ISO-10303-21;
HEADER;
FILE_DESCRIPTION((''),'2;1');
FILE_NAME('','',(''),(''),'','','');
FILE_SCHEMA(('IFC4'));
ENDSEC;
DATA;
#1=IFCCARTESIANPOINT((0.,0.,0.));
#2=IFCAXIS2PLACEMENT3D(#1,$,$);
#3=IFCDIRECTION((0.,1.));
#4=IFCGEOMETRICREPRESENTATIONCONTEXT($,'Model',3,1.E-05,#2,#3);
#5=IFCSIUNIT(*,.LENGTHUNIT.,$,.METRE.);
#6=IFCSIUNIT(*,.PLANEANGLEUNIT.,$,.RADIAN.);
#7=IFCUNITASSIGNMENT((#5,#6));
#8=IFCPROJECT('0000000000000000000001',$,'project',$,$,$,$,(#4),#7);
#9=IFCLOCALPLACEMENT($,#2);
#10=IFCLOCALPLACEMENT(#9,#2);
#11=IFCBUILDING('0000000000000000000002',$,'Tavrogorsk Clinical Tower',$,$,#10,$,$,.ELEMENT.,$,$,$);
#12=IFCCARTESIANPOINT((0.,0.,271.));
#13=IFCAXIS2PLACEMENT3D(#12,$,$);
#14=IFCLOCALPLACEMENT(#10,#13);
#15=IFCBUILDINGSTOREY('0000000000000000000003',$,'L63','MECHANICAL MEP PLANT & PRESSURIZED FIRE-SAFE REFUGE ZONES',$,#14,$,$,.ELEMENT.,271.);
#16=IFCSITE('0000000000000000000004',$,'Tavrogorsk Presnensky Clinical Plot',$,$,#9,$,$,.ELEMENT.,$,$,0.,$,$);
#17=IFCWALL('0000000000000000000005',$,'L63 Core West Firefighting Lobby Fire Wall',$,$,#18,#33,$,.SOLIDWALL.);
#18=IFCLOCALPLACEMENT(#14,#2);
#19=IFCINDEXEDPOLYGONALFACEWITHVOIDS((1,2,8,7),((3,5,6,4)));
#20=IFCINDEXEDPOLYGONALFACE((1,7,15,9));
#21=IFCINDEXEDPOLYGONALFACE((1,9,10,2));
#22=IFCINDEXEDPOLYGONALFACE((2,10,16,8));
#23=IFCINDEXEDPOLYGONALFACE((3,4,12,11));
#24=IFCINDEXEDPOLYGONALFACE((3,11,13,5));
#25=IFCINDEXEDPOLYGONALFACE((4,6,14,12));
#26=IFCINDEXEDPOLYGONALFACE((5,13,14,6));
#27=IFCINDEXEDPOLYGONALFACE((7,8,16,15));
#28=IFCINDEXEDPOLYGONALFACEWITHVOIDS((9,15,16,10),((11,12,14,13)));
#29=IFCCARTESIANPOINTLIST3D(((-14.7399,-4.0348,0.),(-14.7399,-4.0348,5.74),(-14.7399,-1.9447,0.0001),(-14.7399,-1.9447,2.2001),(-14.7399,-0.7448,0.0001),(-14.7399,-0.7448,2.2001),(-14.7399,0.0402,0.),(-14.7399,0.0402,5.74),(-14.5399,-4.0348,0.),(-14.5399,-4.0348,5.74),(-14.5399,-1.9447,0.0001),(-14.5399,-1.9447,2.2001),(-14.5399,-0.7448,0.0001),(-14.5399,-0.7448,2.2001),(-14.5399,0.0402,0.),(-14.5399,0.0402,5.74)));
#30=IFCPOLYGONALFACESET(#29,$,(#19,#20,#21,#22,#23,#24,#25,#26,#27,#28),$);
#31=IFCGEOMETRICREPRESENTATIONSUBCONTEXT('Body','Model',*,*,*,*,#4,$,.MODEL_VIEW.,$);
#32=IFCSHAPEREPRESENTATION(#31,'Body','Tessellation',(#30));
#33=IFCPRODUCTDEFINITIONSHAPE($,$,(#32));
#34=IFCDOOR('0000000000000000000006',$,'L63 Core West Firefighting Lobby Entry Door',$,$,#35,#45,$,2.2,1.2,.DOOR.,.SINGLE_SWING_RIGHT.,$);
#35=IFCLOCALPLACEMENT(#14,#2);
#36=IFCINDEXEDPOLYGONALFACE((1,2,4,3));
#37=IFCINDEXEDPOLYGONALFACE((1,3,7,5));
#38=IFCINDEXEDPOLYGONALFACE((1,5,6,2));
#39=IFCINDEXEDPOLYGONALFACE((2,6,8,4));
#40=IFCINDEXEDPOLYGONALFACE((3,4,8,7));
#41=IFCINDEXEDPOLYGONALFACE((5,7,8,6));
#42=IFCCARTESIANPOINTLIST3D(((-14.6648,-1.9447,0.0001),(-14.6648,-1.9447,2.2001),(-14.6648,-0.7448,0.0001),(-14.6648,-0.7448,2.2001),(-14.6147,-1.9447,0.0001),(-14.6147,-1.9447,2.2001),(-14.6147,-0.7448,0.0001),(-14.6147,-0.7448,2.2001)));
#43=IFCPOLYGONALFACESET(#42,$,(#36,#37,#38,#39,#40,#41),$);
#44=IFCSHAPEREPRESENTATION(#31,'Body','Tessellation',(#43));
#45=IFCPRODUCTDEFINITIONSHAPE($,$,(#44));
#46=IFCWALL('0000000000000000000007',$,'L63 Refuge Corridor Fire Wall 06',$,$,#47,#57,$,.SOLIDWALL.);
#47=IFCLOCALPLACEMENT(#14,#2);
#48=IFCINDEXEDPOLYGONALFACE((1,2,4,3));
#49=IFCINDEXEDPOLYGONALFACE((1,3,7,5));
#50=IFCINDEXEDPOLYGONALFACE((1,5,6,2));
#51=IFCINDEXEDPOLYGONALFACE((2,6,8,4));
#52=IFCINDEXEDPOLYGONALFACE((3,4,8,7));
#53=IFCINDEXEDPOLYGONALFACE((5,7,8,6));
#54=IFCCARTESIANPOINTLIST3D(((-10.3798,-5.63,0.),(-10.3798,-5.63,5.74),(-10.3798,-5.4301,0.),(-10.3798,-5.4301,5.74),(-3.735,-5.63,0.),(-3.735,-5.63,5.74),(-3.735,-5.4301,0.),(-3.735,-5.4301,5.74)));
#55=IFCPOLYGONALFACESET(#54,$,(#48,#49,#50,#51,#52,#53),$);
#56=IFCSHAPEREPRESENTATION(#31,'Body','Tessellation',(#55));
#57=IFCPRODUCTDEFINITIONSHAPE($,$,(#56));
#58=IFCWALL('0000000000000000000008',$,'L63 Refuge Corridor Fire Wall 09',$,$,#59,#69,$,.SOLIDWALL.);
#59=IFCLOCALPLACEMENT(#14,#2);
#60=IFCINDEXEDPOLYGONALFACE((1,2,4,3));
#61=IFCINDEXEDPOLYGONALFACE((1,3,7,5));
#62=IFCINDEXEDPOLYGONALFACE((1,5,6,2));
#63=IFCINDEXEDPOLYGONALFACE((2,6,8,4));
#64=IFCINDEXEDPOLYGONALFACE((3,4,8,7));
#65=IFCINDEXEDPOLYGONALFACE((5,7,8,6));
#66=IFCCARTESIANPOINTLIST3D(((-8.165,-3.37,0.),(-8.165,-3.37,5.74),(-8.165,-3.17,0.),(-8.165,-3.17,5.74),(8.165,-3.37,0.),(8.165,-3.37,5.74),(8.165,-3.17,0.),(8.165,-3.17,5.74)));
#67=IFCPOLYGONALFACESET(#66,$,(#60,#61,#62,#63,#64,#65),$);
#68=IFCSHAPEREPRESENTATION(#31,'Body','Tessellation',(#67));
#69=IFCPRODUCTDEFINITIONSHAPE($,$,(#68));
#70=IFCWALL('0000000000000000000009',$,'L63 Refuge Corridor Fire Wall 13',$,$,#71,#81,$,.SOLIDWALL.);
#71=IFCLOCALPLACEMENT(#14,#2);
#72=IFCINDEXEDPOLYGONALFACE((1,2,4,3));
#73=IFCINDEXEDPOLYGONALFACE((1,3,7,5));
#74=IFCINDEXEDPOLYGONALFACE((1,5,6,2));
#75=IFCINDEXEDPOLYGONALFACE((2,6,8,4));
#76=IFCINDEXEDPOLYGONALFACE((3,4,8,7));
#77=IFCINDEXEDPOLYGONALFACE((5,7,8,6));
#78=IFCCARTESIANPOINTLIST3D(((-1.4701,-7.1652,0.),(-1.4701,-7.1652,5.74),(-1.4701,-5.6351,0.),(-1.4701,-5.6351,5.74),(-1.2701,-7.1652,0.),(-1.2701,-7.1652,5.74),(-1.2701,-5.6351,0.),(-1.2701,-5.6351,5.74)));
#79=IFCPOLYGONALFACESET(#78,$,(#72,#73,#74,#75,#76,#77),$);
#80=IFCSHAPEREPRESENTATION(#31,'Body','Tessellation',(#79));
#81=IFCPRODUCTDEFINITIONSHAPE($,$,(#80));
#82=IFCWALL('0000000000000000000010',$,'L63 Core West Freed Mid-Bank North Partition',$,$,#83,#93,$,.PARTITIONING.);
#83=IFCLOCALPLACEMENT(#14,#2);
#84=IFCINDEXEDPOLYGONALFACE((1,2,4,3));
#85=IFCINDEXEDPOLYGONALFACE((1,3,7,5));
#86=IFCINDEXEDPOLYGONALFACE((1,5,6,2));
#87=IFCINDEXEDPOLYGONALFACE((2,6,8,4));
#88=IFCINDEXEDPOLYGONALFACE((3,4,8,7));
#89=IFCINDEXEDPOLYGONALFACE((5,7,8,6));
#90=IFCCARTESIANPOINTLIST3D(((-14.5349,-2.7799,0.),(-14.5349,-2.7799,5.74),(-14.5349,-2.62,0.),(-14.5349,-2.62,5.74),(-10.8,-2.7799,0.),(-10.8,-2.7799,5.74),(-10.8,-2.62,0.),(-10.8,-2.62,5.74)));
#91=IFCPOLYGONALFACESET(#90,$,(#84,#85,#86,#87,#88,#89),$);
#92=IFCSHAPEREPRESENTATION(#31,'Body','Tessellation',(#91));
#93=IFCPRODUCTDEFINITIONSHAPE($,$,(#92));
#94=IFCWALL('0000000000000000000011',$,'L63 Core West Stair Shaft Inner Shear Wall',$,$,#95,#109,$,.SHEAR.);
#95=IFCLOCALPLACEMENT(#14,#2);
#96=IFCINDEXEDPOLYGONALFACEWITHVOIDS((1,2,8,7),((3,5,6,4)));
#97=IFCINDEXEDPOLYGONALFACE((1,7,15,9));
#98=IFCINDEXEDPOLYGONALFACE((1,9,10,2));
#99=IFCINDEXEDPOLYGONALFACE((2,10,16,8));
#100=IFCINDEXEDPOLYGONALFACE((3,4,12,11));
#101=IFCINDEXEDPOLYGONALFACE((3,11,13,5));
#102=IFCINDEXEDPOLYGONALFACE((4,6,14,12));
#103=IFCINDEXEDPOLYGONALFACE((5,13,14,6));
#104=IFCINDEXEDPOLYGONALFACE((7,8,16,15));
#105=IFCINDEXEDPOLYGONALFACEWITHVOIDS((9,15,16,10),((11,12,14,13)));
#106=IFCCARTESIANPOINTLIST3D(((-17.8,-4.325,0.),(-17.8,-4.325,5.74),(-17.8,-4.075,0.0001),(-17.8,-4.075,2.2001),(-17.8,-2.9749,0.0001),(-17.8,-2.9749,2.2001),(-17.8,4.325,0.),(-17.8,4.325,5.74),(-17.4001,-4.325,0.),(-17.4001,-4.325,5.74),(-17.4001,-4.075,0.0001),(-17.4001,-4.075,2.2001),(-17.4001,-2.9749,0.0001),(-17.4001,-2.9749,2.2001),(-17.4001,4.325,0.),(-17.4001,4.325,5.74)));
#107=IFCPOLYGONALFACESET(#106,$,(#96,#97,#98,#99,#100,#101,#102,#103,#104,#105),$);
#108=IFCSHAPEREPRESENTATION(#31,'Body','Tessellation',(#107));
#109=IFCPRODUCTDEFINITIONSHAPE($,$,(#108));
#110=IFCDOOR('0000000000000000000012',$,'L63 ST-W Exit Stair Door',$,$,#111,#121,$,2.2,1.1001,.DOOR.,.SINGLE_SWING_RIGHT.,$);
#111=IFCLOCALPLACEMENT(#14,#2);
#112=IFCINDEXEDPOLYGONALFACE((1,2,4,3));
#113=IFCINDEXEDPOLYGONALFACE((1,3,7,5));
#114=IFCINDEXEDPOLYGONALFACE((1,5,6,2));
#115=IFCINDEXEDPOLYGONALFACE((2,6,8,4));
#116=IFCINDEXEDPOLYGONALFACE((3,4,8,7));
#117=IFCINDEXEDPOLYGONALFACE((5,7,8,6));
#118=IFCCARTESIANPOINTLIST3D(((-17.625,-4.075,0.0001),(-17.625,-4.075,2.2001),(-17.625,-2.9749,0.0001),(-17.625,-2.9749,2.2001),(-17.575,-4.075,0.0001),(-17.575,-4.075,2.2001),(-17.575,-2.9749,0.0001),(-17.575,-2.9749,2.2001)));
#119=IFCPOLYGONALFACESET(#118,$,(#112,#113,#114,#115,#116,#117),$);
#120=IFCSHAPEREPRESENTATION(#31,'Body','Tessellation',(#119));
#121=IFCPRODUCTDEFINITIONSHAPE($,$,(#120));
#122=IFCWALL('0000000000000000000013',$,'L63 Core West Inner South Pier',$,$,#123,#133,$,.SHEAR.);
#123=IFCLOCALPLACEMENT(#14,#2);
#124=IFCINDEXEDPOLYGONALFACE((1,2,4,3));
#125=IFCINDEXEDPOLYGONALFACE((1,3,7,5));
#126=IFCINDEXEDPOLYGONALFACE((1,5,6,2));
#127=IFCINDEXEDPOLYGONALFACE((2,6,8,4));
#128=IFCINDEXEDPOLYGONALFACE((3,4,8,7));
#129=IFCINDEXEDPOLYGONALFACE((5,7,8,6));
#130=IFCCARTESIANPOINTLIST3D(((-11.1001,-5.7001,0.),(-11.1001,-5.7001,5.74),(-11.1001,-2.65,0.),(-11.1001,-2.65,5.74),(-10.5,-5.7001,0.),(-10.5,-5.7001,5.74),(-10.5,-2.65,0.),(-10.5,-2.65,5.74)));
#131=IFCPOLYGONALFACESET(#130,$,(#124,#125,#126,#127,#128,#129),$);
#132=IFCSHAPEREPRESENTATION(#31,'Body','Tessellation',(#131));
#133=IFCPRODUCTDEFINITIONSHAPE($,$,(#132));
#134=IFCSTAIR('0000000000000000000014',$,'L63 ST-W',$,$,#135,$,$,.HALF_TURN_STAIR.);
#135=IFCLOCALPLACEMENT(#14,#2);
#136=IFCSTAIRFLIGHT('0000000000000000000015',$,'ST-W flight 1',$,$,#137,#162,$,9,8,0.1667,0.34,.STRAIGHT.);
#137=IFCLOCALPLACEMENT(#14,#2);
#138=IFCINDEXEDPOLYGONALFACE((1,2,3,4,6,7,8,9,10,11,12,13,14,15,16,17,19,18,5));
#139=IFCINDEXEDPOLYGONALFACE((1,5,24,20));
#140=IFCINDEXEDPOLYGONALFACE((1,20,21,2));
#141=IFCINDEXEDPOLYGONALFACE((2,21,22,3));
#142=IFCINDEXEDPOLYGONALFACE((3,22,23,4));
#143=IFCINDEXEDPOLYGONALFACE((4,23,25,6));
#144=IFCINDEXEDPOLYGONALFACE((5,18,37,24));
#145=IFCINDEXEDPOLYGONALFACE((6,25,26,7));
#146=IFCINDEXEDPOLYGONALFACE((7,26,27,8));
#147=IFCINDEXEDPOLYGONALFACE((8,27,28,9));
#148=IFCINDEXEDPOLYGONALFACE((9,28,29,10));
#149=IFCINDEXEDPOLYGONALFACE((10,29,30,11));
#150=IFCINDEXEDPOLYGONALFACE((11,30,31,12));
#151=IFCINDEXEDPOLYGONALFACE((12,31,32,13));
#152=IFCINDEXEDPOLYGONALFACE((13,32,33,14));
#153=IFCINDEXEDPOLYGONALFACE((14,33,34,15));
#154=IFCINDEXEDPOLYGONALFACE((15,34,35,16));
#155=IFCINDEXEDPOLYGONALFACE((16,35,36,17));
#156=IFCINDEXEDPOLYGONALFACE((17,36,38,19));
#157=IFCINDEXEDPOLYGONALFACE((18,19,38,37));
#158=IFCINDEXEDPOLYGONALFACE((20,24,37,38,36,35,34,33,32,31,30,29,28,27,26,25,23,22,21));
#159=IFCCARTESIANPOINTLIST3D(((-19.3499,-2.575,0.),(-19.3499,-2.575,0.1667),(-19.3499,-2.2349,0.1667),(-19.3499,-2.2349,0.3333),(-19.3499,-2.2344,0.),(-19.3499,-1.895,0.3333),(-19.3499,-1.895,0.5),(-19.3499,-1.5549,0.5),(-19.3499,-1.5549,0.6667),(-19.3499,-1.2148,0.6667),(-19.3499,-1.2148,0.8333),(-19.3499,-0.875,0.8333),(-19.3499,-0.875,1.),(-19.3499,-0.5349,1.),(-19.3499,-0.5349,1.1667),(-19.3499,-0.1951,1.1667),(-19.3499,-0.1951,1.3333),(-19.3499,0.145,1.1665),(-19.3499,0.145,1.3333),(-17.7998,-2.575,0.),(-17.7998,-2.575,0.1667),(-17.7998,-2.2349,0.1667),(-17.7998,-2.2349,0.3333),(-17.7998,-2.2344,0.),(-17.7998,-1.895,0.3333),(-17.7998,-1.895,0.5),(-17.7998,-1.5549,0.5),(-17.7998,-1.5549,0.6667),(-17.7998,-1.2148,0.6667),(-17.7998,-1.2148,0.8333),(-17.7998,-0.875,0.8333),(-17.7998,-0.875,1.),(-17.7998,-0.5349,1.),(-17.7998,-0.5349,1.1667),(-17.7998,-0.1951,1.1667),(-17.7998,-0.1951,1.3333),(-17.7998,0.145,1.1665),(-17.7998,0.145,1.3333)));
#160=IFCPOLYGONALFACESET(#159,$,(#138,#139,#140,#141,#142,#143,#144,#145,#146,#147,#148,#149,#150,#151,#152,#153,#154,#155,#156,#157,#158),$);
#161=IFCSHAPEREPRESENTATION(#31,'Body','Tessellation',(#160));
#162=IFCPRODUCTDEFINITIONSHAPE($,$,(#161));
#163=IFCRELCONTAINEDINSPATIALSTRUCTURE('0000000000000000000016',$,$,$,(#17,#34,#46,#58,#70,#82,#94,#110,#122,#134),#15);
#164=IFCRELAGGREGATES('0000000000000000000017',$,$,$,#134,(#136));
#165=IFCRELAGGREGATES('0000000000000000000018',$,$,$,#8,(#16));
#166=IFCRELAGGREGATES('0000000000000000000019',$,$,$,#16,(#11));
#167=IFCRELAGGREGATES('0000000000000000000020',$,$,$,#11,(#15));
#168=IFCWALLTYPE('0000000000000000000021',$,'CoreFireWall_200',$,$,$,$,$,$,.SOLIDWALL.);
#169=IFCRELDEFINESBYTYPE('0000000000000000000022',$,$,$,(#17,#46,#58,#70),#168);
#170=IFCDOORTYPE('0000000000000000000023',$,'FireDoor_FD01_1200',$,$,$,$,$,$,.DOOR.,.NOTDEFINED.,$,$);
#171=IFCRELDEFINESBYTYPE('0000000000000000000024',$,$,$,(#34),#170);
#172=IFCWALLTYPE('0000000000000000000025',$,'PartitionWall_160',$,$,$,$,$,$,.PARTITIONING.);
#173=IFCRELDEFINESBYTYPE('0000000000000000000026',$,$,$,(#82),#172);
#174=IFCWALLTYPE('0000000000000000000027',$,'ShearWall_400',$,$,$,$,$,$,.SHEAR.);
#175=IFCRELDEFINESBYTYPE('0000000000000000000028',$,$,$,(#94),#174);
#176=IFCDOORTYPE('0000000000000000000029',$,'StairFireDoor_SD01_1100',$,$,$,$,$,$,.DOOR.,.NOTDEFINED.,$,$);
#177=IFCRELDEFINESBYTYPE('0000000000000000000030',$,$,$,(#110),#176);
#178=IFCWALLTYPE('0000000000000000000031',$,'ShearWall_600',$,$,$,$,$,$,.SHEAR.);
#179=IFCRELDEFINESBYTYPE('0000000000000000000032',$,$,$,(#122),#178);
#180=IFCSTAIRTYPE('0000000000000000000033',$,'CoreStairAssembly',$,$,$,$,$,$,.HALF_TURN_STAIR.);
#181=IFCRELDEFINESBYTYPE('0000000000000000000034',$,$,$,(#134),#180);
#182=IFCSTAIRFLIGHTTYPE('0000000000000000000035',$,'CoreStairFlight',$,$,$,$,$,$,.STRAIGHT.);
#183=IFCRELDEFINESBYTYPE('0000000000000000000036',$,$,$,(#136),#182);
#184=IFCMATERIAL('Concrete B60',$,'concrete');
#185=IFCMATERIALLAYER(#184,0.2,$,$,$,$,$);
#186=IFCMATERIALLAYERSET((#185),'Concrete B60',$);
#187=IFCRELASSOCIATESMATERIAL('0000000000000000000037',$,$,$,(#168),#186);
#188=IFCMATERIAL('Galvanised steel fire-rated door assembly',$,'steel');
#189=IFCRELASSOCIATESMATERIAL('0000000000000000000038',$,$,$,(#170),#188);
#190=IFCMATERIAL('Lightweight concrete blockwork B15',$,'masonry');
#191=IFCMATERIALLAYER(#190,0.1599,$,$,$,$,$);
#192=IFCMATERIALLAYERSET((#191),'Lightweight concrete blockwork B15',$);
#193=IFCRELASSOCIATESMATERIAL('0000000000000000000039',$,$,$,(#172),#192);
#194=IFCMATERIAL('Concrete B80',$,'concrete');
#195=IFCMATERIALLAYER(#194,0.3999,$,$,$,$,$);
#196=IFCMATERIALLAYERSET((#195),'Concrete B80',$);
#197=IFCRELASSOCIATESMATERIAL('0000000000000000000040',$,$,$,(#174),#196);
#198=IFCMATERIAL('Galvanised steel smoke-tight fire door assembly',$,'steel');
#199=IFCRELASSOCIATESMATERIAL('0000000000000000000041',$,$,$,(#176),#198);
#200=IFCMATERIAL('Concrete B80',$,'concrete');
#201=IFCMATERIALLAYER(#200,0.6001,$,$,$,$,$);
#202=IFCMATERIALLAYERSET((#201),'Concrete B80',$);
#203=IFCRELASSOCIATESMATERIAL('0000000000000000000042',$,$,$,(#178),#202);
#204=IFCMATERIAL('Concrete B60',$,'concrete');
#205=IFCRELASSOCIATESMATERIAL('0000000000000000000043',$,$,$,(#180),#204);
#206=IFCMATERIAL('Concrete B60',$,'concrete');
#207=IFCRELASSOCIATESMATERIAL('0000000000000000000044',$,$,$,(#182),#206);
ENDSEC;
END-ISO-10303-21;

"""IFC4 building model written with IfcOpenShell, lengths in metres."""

from ifc_helpers import new_model, si_unit, direction, frame, frame_2d, origin, place, context, subcontext, project, spatial, polyline, rectangle, outline, extrude, material, layer, layer_set, type_object, element, fill, aggregate, save


model = new_model("IFC4")

# Units and contexts
model_context = context("Model", 3, precision=1e-05, world=origin(), true_north=direction((0.0, 1.0)))
body_context = subcontext(model_context, "Body", "Model", "MODEL_VIEW")
ifc_project = project(units=[si_unit("LENGTHUNIT", "METRE"), si_unit("PLANEANGLEUNIT", "RADIAN")], contexts=[model_context])

# Site, building, storey
site_placement = place(None, origin())
site = spatial("IfcSite", under=ifc_project, at=site_placement, Name="Tavrogorsk Presnensky Clinical Plot", CompositionType="ELEMENT", RefElevation=0.0)
building_placement = place(site_placement, origin())
building = spatial("IfcBuilding", under=site, at=building_placement, Name="Tavrogorsk Clinical Tower", CompositionType="ELEMENT")
storey_placement = place(building_placement, frame((0.0, 0.0, 271.0)))
storey = spatial("IfcBuildingStorey", under=building, at=storey_placement, Name="L63", Description="MECHANICAL MEP PLANT & PRESSURIZED FIRE-SAFE REFUGE ZONES", CompositionType="ELEMENT", Elevation=271.0)

# Wall, opening, door
ifc_material_1 = material(Name="Concrete B60", Category="concrete")
ifc_layer_1 = layer(ifc_material_1, 0.2)
ifc_layer_set_1 = layer_set([ifc_layer_1], Name="Concrete B60")
wall_type_1 = type_object("IfcWallType", Name="CoreFireWall_200", PredefinedType="SOLIDWALL", material=ifc_layer_set_1)
wall_1_placement = place(storey_placement, frame((-14.6399, -4.0349, 0.0), z_axis=(0.0, 0.0, 1.0), x_axis=(0.0, 1.0, 0.0)))
wall_1 = element("IfcWall", 1, at=wall_1_placement, inside=storey, type_object=wall_type_1, Name="L63 Core West Firefighting Lobby Fire Wall", PredefinedType="SOLIDWALL", context=body_context, shape_type="SweptSolid", body=[
    extrude(rectangle(XDim=4.075, YDim=0.2, at=frame_2d((2.0376, 0.0))), origin(), (0.0, 0.0, 1.0), 5.74),
])
opening_1_placement = place(wall_1_placement, frame((2.0901, 0.0, 0.0)))
opening_1 = element("IfcOpeningElement", 2, at=opening_1_placement, cuts=wall_1, PredefinedType="OPENING", context=body_context, shape_type="SweptSolid", body=[
    extrude(rectangle(XDim=1.2, YDim=2.2, at=frame_2d((0.6001, 1.1001))), frame((0.0, 0.1099, 0.0), z_axis=(0.0, -1.0, 0.0), x_axis=(1.0, 0.0, 0.0)), (0.0, 0.0, 1.0), 0.22),
])
ifc_material_2 = material(Name="Galvanised steel fire-rated door assembly", Category="steel")
door_type_1 = type_object("IfcDoorType", Name="FireDoor_FD01_1200", OperationType="NOTDEFINED", PredefinedType="DOOR", material=ifc_material_2)
door_1_placement = place(opening_1_placement, origin())
door_1 = element("IfcDoor", 3, at=door_1_placement, inside=storey, type_object=door_type_1, Name="L63 Core West Firefighting Lobby Entry Door", OperationType="SINGLE_SWING_RIGHT", OverallHeight=2.2, OverallWidth=1.2, PredefinedType="DOOR", context=body_context, shape_type="SweptSolid", body=[
    extrude(rectangle(XDim=1.2, YDim=2.2, at=frame_2d((0.6001, 1.1001))), frame((0.0, 0.0249, 0.0), z_axis=(0.0, -1.0, 0.0), x_axis=(1.0, 0.0, 0.0)), (0.0, 0.0, 1.0), 0.05),
])
fill(opening_1, door_1)

# Walls
wall_2_placement = place(storey_placement, frame((-3.7351, -5.53, 0.0), z_axis=(0.0, 0.0, 1.0), x_axis=(-1.0, 0.0, 0.0)))
element("IfcWall", 4, at=wall_2_placement, inside=storey, type_object=wall_type_1, Name="L63 Refuge Corridor Fire Wall 06", PredefinedType="SOLIDWALL", context=body_context, shape_type="SweptSolid", body=[
    extrude(rectangle(XDim=6.6448, YDim=0.2, at=frame_2d((3.3223, 0.0))), origin(), (0.0, 0.0, 1.0), 5.74),
])
wall_3_placement = place(storey_placement, frame((-8.165, -3.27, 0.0), z_axis=(0.0, 0.0, 1.0), x_axis=(1.0, 0.0, 0.0)))
element("IfcWall", 5, at=wall_3_placement, inside=storey, type_object=wall_type_1, Name="L63 Refuge Corridor Fire Wall 09", PredefinedType="SOLIDWALL", context=body_context, shape_type="SweptSolid", body=[
    extrude(rectangle(XDim=16.3301, YDim=0.2, at=frame_2d((8.165, 0.0))), origin(), (0.0, 0.0, 1.0), 5.74),
])
wall_4_placement = place(storey_placement, frame((-1.3701, -5.635, 0.0), z_axis=(0.0, 0.0, 1.0), x_axis=(0.0, -1.0, 0.0)))
element("IfcWall", 6, at=wall_4_placement, inside=storey, type_object=wall_type_1, Name="L63 Refuge Corridor Fire Wall 13", PredefinedType="SOLIDWALL", context=body_context, shape_type="SweptSolid", body=[
    extrude(rectangle(XDim=1.53, YDim=0.2, at=frame_2d((0.7651, 0.0))), origin(), (0.0, 0.0, 1.0), 5.74),
])
ifc_material_3 = material(Name="Lightweight concrete blockwork B15", Category="masonry")
ifc_layer_2 = layer(ifc_material_3, 0.1599)
ifc_layer_set_2 = layer_set([ifc_layer_2], Name="Lightweight concrete blockwork B15")
wall_type_2 = type_object("IfcWallType", Name="PartitionWall_160", PredefinedType="PARTITIONING", material=ifc_layer_set_2)
wall_5_placement = place(storey_placement, frame((-14.5349, -2.7, 0.0), z_axis=(0.0, 0.0, 1.0), x_axis=(1.0, 0.0, 0.0)))
element("IfcWall", 7, at=wall_5_placement, inside=storey, type_object=wall_type_2, Name="L63 Core West Freed Mid-Bank North Partition", PredefinedType="PARTITIONING", context=body_context, shape_type="SweptSolid", body=[
    extrude(rectangle(XDim=3.7349, YDim=0.1599, at=frame_2d((1.8674, 0.0))), origin(), (0.0, 0.0, 1.0), 5.74),
])

# Wall, opening, door
ifc_material_4 = material(Name="Concrete B80", Category="concrete")
ifc_layer_3 = layer(ifc_material_4, 0.3999)
ifc_layer_set_3 = layer_set([ifc_layer_3], Name="Concrete B80")
wall_type_3 = type_object("IfcWallType", Name="ShearWall_400", PredefinedType="SHEAR", material=ifc_layer_set_3)
wall_6_placement = place(storey_placement, frame((-17.6001, -4.325, 0.0), z_axis=(0.0, 0.0, 1.0), x_axis=(0.0, 1.0, 0.0)))
wall_6 = element("IfcWall", 8, at=wall_6_placement, inside=storey, type_object=wall_type_3, Name="L63 Core West Stair Shaft Inner Shear Wall", PredefinedType="SHEAR", context=body_context, shape_type="SweptSolid", body=[
    extrude(rectangle(XDim=8.6499, YDim=0.3999, at=frame_2d((4.325, 0.0))), origin(), (0.0, 0.0, 1.0), 5.74),
])
opening_2_placement = place(wall_6_placement, frame((0.25, 0.0, 0.0)))
opening_2 = element("IfcOpeningElement", 9, at=opening_2_placement, cuts=wall_6, PredefinedType="OPENING", context=body_context, shape_type="SweptSolid", body=[
    extrude(rectangle(XDim=1.1001, YDim=2.2, at=frame_2d((0.55, 1.1001))), frame((0.0, 0.21, 0.0), z_axis=(0.0, -1.0, 0.0), x_axis=(1.0, 0.0, 0.0)), (0.0, 0.0, 1.0), 0.4199),
])
ifc_material_5 = material(Name="Galvanised steel smoke-tight fire door assembly", Category="steel")
door_type_2 = type_object("IfcDoorType", Name="StairFireDoor_SD01_1100", OperationType="NOTDEFINED", PredefinedType="DOOR", material=ifc_material_5)
door_2_placement = place(opening_2_placement, origin())
door_2 = element("IfcDoor", 10, at=door_2_placement, inside=storey, type_object=door_type_2, Name="L63 ST-W Exit Stair Door", OperationType="SINGLE_SWING_RIGHT", OverallHeight=2.2, OverallWidth=1.1001, PredefinedType="DOOR", context=body_context, shape_type="SweptSolid", body=[
    extrude(rectangle(XDim=1.1001, YDim=2.2, at=frame_2d((0.55, 1.1001))), frame((0.0, 0.0249, 0.0), z_axis=(0.0, -1.0, 0.0), x_axis=(1.0, 0.0, 0.0)), (0.0, 0.0, 1.0), 0.05),
])
fill(opening_2, door_2)

# Wall
ifc_material_6 = material(Name="Concrete B80", Category="concrete")
ifc_layer_4 = layer(ifc_material_6, 0.6001)
ifc_layer_set_4 = layer_set([ifc_layer_4], Name="Concrete B80")
wall_type_4 = type_object("IfcWallType", Name="ShearWall_600", PredefinedType="SHEAR", material=ifc_layer_set_4)
wall_7_placement = place(storey_placement, frame((-10.8, -5.7, 0.0), z_axis=(0.0, 0.0, 1.0), x_axis=(0.0, 1.0, 0.0)))
element("IfcWall", 11, at=wall_7_placement, inside=storey, type_object=wall_type_4, Name="L63 Core West Inner South Pier", PredefinedType="SHEAR", context=body_context, shape_type="SweptSolid", body=[
    extrude(rectangle(XDim=3.05, YDim=0.6001, at=frame_2d((1.5249, 0.0))), origin(), (0.0, 0.0, 1.0), 5.74),
])

# Stair, stair flight
ifc_material_7 = material(Name="Concrete B60", Category="concrete")
stair_type = type_object("IfcStairType", Name="CoreStairAssembly", PredefinedType="HALF_TURN_STAIR", material=ifc_material_7)
stair_placement = place(storey_placement, origin())
stair = element("IfcStair", 12, at=stair_placement, inside=storey, type_object=stair_type, Name="L63 ST-W", PredefinedType="HALF_TURN_STAIR")
ifc_material_8 = material(Name="Concrete B60", Category="concrete")
stair_flight_type = type_object("IfcStairFlightType", Name="CoreStairFlight", PredefinedType="STRAIGHT", material=ifc_material_8)
stair_flight_1_placement = place(storey_placement, frame((-18.575, -2.575, 0.0), z_axis=(0.0, 0.0, 1.0), x_axis=(0.0, 1.0, 0.0)))
stair_flight_1 = element("IfcStairFlight", 13, at=stair_flight_1_placement, type_object=stair_flight_type, Name="ST-W flight 1", NumberOfRisers=9, NumberOfTreads=8, PredefinedType="STRAIGHT", RiserHeight=0.1667, TreadLength=0.34, context=body_context, shape_type="SweptSolid", body=[
    extrude(outline(polyline([(0.0, 0.0), (0.0, 0.1667), (0.3401, 0.1667), (0.3401, 0.3333), (0.6799, 0.3333), (0.6799, 0.5), (1.02, 0.5), (1.02, 0.6667), (1.3601, 0.6667), (1.3601, 0.8333), (1.7, 0.8333), (1.7, 1.0), (2.04, 1.0), (2.04, 1.1667), (2.3799, 1.1667), (2.3799, 1.3333), (2.72, 1.3333), (2.72, 1.5), (2.72, 1.1665), (0.3406, 0.0), (0.0, 0.0)])), frame((0.0, 0.7749, 0.0), z_axis=(0.0, -1.0, 0.0), x_axis=(1.0, 0.0, 0.0)), (0.0, 0.0, 1.0), 1.55),
])
aggregate(stair, [stair_flight_1])

save(model, "model.ifc")
